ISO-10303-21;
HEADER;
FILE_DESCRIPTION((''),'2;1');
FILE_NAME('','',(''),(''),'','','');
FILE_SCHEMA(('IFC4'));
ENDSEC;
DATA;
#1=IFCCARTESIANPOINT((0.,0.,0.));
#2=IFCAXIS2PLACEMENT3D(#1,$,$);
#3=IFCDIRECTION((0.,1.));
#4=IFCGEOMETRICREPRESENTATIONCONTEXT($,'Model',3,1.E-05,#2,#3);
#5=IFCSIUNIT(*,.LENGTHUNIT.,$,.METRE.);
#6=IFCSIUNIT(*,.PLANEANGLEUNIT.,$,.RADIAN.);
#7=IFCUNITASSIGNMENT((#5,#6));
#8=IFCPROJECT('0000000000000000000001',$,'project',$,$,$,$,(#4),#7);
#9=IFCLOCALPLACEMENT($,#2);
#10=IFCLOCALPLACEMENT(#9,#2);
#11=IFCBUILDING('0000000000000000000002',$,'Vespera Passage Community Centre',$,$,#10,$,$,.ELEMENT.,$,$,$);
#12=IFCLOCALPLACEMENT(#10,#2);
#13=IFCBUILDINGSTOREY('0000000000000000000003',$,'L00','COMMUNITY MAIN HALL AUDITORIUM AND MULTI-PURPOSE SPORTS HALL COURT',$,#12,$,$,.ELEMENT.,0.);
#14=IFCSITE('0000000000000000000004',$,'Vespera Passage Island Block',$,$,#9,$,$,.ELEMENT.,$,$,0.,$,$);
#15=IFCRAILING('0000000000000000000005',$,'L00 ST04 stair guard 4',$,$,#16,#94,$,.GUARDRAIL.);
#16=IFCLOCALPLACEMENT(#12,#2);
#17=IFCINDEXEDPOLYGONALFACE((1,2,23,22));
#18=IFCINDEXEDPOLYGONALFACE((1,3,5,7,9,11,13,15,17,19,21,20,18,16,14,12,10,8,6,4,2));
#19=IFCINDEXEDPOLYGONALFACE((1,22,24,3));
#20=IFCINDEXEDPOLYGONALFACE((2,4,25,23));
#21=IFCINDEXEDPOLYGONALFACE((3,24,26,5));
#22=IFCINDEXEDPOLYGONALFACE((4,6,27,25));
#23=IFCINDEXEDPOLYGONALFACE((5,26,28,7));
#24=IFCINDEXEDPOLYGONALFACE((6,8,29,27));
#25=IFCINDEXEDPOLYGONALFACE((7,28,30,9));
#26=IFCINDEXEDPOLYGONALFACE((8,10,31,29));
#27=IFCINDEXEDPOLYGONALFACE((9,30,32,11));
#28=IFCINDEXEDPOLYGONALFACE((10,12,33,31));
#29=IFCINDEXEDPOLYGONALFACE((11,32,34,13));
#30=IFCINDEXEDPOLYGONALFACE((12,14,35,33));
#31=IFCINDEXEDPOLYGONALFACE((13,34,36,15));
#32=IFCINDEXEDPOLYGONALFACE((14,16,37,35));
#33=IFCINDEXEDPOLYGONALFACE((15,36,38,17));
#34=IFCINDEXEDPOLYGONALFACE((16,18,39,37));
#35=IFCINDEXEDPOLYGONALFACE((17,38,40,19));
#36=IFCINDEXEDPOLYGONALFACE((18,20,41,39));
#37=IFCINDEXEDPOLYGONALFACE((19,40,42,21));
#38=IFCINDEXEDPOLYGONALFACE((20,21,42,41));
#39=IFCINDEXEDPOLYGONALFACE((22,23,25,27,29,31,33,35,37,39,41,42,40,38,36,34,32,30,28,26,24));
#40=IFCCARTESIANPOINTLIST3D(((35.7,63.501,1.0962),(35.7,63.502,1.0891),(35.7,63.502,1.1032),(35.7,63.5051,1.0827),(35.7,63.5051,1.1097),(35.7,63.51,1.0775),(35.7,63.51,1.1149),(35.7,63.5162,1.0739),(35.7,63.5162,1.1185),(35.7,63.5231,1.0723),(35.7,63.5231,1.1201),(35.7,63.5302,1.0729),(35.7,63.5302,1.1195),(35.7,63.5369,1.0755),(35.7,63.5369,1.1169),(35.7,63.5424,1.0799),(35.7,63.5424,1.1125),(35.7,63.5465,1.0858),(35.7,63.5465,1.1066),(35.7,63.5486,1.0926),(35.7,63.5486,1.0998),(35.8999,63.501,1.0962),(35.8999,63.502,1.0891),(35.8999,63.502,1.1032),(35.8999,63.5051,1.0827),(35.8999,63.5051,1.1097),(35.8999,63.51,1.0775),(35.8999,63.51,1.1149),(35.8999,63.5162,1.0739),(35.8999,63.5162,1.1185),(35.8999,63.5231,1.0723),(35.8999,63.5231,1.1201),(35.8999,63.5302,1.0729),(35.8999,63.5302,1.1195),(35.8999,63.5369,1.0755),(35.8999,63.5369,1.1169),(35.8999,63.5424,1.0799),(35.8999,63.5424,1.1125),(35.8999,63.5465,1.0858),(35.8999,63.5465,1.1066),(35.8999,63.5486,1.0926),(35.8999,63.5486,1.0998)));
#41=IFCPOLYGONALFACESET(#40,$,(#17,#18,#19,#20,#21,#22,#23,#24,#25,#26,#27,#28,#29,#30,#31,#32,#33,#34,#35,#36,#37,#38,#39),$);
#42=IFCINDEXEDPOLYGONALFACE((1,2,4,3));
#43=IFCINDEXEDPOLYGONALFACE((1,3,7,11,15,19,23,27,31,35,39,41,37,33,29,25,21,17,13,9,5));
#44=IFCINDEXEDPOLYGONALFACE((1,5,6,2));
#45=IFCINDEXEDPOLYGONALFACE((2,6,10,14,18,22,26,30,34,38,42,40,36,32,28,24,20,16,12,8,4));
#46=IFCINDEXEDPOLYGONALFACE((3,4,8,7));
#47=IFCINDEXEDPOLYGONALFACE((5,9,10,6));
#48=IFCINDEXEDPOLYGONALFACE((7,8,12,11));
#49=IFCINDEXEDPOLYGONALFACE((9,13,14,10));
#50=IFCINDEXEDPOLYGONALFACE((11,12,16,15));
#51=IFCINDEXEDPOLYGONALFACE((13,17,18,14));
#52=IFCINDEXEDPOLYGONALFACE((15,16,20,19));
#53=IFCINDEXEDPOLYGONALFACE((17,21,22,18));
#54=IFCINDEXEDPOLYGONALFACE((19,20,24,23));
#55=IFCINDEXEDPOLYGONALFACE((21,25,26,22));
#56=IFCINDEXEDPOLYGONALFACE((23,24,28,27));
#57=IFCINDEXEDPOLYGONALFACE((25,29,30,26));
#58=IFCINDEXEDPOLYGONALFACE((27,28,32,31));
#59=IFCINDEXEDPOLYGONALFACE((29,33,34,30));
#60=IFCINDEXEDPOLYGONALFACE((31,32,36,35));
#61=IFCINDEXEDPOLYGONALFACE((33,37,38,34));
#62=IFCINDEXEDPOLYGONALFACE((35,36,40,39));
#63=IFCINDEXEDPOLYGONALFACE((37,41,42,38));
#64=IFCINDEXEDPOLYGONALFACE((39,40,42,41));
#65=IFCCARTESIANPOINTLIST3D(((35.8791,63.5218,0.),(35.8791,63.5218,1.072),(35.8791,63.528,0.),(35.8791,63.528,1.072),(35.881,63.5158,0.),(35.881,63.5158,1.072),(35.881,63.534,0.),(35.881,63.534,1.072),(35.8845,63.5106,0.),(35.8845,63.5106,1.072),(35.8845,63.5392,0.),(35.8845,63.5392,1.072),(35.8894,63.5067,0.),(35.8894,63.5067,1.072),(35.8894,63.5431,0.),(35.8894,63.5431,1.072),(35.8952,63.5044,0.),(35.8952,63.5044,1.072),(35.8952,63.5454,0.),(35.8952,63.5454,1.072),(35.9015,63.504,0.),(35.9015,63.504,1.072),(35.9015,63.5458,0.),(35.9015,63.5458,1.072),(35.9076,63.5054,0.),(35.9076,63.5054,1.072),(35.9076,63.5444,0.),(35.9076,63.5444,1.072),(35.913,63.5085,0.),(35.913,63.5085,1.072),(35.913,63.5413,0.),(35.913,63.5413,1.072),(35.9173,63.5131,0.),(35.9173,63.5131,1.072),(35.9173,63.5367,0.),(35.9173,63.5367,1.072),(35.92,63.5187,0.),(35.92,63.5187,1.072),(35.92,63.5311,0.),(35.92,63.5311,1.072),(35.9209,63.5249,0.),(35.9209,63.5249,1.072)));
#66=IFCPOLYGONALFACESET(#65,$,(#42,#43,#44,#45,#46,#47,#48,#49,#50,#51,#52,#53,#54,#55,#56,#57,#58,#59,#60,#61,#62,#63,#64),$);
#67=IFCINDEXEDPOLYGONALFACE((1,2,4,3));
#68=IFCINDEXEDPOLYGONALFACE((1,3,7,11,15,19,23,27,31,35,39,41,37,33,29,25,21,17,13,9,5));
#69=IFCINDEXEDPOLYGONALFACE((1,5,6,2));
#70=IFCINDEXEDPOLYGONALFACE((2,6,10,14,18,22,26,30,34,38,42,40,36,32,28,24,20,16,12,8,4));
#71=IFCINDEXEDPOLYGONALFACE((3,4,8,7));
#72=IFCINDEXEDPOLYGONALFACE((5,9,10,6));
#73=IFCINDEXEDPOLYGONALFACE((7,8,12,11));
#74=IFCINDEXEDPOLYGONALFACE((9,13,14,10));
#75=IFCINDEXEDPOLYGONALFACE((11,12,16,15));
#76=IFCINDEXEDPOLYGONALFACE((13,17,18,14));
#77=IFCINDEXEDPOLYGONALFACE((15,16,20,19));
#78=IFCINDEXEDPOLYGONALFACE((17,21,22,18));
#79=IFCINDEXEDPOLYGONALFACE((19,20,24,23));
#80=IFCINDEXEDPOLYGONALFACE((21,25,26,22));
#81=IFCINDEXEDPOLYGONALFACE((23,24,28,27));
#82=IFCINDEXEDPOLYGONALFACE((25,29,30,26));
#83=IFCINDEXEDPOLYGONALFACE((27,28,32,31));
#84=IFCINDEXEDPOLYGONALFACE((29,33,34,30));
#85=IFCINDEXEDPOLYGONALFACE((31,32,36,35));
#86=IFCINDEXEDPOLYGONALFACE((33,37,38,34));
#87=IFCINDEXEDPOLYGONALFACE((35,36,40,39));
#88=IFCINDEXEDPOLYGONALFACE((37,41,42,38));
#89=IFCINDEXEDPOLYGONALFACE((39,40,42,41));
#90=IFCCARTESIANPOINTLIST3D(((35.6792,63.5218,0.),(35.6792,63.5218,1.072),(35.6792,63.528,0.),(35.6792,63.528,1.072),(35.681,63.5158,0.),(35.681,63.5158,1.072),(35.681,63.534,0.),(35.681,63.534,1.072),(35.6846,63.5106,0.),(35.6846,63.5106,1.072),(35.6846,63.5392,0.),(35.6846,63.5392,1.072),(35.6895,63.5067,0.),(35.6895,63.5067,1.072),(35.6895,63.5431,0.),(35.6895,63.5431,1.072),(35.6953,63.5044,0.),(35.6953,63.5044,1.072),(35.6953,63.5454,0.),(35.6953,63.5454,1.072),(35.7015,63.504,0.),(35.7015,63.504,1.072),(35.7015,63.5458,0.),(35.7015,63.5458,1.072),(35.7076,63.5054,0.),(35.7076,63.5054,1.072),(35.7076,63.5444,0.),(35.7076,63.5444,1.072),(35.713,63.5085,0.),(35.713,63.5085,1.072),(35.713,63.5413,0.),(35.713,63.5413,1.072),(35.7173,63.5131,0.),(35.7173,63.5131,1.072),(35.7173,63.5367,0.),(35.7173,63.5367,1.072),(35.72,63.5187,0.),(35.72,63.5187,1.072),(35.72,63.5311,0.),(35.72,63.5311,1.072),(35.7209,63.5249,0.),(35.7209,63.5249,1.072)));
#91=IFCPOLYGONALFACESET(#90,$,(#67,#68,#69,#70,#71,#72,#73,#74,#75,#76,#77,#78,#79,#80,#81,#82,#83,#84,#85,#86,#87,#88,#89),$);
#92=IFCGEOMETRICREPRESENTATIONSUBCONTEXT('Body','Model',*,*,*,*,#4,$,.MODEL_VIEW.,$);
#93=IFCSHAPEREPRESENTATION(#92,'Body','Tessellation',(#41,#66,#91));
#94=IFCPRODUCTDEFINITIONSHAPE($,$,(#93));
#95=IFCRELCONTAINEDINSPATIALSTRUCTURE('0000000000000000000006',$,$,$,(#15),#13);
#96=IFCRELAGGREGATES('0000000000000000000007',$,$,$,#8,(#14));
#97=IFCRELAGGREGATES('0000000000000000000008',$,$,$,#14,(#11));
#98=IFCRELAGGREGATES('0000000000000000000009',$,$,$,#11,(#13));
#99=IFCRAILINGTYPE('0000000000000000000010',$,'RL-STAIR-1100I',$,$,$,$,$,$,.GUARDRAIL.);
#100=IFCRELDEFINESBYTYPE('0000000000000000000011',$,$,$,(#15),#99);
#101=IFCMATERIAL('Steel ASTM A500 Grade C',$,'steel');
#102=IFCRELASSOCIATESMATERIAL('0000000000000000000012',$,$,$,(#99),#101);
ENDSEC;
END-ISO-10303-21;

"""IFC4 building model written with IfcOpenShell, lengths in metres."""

from ifc_helpers import new_model, si_unit, direction, frame, origin, origin_2d, place, context, subcontext, project, spatial, circle, extrude, material, type_object, element, save


model = new_model("IFC4")

# Units and contexts
model_context = context("Model", 3, precision=1e-05, world=origin(), true_north=direction((0.0, 1.0)))
body_context = subcontext(model_context, "Body", "Model", "MODEL_VIEW")
ifc_project = project(units=[si_unit("LENGTHUNIT", "METRE"), si_unit("PLANEANGLEUNIT", "RADIAN")], contexts=[model_context])

# Site, building, storey
site_placement = place(None, origin())
site = spatial("IfcSite", under=ifc_project, at=site_placement, Name="Vespera Passage Island Block", CompositionType="ELEMENT", RefElevation=0.0)
building_placement = place(site_placement, origin())
building = spatial("IfcBuilding", under=site, at=building_placement, Name="Vespera Passage Community Centre", CompositionType="ELEMENT")
storey_placement = place(building_placement, origin())
storey = spatial("IfcBuildingStorey", under=building, at=storey_placement, Name="L00", Description="COMMUNITY MAIN HALL AUDITORIUM AND MULTI-PURPOSE SPORTS HALL COURT", CompositionType="ELEMENT", Elevation=0.0)

# Railing
ifc_material_1 = material(Name="Steel ASTM A500 Grade C", Category="steel")
railing_type_1 = type_object("IfcRailingType", Name="RL-STAIR-1100I", PredefinedType="GUARDRAIL", material=ifc_material_1)
railing_1_placement = place(storey_placement, frame((35.8999, 63.5249, 0.0)))
element("IfcRailing", 1, at=railing_1_placement, inside=storey, type_object=railing_type_1, Name="L00 ST04 stair guard 4", PredefinedType="GUARDRAIL", context=body_context, shape_type="SweptSolid", body=[
    extrude(circle(Radius=0.0239, at=origin_2d()), frame((0.0, 0.0, 1.0962), z_axis=(-1.0, 0.0, 0.0), x_axis=(0.0, -1.0, 0.0)), (0.0, 0.0, 1.0), 0.2),
    extrude(circle(Radius=0.021, at=origin_2d()), origin(), (0.0, 0.0, 1.0), 1.072),
    extrude(circle(Radius=0.021, at=origin_2d()), frame((-0.2, 0.0, 0.0)), (0.0, 0.0, 1.0), 1.072),
])

save(model, "model.ifc")
